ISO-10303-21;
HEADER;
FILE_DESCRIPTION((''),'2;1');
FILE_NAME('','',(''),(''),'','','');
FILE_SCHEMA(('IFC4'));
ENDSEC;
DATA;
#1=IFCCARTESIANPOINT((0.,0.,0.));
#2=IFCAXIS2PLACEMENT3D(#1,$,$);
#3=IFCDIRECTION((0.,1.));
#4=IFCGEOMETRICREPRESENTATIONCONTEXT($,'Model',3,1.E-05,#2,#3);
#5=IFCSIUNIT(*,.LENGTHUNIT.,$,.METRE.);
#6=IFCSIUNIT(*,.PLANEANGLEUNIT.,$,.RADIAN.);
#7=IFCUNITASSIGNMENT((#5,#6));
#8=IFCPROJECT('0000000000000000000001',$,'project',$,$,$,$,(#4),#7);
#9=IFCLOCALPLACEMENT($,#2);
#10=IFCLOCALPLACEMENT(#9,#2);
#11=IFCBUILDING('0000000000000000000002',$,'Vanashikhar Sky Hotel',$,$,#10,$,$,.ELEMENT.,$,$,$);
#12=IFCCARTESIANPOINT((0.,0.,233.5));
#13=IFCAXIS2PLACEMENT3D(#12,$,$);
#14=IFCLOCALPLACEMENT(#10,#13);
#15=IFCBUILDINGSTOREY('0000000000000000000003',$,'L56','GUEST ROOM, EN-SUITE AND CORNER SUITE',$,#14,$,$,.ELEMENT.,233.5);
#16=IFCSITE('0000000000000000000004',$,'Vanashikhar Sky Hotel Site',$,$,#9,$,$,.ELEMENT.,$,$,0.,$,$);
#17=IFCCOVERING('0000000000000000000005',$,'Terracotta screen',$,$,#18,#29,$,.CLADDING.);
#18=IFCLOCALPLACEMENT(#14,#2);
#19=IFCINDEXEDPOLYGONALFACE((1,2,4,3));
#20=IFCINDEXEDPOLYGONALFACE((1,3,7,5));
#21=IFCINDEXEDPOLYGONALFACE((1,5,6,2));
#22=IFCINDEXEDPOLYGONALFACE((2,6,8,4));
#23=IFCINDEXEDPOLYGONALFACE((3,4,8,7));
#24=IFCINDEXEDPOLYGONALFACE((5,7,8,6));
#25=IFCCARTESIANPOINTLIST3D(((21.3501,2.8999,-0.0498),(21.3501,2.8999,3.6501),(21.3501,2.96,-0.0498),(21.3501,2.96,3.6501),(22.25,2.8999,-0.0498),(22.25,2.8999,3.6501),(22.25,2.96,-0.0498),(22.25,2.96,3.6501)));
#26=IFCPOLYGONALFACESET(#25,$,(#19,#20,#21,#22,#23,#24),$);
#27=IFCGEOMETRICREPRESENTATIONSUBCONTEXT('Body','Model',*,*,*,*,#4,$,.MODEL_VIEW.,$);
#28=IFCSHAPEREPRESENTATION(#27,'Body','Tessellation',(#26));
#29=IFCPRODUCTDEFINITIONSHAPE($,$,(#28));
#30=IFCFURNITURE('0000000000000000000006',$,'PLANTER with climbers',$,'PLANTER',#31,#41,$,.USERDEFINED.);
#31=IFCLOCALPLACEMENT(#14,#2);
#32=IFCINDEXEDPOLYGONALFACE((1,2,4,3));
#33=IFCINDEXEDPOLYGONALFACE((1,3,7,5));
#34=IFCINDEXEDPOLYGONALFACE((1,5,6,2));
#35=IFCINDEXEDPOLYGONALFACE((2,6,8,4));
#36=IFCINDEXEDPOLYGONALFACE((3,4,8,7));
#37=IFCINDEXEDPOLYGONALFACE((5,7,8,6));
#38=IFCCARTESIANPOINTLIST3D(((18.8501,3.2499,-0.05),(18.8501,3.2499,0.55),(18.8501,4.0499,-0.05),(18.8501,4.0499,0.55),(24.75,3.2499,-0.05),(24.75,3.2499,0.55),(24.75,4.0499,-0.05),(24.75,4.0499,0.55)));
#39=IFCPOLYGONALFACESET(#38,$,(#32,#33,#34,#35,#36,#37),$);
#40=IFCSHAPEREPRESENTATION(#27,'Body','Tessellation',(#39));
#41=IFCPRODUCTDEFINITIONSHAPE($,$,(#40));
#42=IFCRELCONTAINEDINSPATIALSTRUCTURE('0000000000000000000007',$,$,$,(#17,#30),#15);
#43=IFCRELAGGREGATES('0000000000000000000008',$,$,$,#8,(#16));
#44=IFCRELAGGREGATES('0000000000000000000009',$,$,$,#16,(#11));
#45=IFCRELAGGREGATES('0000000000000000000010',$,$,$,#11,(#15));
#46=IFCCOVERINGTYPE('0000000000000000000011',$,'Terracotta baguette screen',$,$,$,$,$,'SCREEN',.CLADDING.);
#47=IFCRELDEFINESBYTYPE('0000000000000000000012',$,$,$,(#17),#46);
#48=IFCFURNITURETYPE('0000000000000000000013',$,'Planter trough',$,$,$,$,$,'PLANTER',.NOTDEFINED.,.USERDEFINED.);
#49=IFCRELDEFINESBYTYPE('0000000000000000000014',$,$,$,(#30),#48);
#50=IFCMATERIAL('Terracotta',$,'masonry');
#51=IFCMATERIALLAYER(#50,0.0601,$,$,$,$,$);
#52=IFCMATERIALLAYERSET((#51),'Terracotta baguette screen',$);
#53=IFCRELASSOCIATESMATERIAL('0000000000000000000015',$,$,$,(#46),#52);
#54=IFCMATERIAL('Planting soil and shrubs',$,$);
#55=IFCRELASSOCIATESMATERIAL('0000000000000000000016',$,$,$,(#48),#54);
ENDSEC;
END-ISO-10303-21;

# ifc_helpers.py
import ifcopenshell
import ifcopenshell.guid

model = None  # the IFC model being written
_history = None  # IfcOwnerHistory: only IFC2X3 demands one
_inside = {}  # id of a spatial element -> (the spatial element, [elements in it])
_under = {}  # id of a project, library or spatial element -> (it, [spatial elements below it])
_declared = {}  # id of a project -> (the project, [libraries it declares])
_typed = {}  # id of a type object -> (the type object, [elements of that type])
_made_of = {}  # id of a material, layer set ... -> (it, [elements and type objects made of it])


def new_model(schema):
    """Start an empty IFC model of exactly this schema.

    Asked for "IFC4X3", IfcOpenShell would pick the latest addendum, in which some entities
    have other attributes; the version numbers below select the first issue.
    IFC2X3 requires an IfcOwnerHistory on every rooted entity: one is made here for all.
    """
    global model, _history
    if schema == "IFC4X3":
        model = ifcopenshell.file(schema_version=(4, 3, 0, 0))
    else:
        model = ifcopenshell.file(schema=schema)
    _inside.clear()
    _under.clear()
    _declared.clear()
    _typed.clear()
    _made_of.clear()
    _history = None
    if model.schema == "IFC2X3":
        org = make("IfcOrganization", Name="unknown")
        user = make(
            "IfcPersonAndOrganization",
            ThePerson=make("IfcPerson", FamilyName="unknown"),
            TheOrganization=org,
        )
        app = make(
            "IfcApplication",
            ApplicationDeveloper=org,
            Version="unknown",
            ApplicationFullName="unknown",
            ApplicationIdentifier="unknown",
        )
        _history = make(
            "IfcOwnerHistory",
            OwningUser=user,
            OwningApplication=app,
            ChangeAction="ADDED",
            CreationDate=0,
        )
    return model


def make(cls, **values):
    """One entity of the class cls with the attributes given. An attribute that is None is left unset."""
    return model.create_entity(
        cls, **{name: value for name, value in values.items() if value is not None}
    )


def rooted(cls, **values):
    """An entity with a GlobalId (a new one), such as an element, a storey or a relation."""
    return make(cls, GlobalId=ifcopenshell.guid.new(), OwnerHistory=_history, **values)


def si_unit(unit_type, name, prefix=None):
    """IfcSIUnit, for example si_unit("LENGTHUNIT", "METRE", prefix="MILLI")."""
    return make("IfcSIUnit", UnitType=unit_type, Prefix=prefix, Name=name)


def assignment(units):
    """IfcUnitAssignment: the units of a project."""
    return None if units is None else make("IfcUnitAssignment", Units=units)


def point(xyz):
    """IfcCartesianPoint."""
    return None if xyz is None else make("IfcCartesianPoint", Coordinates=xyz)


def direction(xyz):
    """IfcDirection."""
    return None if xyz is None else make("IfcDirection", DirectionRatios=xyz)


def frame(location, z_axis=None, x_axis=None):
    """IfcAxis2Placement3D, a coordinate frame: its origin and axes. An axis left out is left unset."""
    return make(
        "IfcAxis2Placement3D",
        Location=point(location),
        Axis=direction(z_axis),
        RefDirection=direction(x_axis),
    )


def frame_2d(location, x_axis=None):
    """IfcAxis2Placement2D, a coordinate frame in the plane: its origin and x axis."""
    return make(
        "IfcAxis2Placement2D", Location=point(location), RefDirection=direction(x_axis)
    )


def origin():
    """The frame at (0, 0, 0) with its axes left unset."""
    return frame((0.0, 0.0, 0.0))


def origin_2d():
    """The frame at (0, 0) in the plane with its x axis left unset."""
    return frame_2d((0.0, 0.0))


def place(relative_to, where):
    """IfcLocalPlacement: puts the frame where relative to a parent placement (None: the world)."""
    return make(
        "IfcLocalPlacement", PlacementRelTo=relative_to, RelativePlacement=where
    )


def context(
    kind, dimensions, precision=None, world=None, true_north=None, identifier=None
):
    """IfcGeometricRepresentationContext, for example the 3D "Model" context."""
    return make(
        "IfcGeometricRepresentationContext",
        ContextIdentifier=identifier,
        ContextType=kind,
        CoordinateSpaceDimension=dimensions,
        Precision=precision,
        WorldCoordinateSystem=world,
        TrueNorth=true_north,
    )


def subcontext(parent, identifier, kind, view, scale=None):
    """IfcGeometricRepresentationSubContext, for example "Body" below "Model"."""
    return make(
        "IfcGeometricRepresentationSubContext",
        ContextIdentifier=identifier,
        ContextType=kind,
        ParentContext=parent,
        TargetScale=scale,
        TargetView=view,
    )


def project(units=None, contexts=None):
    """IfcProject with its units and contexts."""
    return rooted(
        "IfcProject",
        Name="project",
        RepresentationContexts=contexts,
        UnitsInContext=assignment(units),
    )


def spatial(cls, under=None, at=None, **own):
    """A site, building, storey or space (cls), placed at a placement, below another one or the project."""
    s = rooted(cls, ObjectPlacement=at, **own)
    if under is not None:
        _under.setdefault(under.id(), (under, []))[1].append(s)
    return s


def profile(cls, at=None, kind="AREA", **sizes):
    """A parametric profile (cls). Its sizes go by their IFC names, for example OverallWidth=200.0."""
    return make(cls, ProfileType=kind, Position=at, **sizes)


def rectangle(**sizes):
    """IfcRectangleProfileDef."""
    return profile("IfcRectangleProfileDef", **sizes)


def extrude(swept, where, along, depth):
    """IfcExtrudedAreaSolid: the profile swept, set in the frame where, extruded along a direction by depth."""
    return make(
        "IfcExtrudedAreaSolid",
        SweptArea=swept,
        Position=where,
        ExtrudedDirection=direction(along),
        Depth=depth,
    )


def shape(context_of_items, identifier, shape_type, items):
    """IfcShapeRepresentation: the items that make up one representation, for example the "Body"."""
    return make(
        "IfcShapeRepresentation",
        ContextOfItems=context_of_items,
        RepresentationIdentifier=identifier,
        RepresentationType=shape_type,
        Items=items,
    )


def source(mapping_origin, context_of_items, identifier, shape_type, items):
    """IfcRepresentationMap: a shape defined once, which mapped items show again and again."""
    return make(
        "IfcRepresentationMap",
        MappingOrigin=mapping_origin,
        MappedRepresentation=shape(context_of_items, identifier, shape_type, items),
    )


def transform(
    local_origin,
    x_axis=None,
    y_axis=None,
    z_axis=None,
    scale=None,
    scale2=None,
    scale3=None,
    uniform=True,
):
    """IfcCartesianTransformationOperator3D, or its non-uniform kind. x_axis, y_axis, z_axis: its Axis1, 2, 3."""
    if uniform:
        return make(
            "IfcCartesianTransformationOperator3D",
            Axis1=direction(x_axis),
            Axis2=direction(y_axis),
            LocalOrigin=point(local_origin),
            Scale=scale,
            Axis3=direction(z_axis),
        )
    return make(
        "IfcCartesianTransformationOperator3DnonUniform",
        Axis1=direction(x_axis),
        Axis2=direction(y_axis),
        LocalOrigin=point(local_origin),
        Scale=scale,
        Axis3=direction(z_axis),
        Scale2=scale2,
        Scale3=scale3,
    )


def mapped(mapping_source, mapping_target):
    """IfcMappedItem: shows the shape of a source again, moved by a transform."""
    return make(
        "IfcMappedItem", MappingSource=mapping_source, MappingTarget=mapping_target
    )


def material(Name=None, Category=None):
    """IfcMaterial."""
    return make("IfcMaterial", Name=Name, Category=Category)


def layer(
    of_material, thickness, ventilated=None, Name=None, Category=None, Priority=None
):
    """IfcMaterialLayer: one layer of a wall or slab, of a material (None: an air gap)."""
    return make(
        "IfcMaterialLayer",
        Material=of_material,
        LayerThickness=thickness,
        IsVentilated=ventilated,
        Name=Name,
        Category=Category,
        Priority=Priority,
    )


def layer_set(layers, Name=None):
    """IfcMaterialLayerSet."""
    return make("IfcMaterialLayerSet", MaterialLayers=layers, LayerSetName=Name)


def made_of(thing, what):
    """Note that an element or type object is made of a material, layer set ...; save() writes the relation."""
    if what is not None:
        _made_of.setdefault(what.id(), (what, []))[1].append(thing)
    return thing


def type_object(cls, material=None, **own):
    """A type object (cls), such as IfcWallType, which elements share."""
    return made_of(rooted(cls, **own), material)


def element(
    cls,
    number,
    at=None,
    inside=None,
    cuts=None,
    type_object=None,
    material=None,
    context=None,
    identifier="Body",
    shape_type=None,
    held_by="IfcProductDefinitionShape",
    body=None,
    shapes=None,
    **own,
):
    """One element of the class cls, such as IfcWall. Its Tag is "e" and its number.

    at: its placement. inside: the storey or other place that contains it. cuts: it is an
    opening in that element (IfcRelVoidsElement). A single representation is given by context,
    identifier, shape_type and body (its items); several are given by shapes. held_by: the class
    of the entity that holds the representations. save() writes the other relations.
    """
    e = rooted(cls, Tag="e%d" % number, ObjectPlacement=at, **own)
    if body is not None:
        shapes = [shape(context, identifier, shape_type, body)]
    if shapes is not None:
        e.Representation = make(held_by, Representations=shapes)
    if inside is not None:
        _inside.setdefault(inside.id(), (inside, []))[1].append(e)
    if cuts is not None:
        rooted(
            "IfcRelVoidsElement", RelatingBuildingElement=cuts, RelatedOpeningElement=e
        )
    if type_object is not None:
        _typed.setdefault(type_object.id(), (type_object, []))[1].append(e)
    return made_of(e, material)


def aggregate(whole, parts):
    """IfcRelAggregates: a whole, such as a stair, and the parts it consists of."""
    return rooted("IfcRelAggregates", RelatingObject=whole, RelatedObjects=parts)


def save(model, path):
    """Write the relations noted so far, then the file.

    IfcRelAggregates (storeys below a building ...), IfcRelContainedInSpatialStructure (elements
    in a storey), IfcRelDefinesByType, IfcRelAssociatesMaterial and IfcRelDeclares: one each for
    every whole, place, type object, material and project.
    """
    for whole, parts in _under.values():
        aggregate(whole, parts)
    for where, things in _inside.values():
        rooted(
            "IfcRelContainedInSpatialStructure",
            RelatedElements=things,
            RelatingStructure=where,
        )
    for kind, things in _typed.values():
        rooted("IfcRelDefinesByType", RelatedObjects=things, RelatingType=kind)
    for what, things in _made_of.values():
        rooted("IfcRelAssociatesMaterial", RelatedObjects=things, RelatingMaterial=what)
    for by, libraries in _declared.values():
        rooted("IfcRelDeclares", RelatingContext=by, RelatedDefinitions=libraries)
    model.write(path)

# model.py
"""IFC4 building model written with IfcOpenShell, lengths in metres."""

from ifc_helpers import new_model, si_unit, direction, frame, origin, origin_2d, place, context, subcontext, project, spatial, rectangle, extrude, source, transform, mapped, material, layer, layer_set, type_object, element, save


model = new_model("IFC4")

# Units and contexts
model_context = context("Model", 3, precision=1e-05, world=origin(), true_north=direction((0.0, 1.0)))
body_context = subcontext(model_context, "Body", "Model", "MODEL_VIEW")
ifc_project = project(units=[si_unit("LENGTHUNIT", "METRE"), si_unit("PLANEANGLEUNIT", "RADIAN")], contexts=[model_context])

# Site, building, storey
site_placement = place(None, origin())
site = spatial("IfcSite", under=ifc_project, at=site_placement, Name="Vanashikhar Sky Hotel Site", CompositionType="ELEMENT", RefElevation=0.0)
building_placement = place(site_placement, origin())
building = spatial("IfcBuilding", under=site, at=building_placement, Name="Vanashikhar Sky Hotel", CompositionType="ELEMENT")
storey_placement = place(building_placement, frame((0.0, 0.0, 233.5)))
storey = spatial("IfcBuildingStorey", under=building, at=storey_placement, Name="L56", Description="GUEST ROOM, EN-SUITE AND CORNER SUITE", CompositionType="ELEMENT", Elevation=233.5)

# Covering
ifc_material_1 = material(Name="Terracotta", Category="masonry")
ifc_layer_1 = layer(ifc_material_1, 0.0601)
ifc_layer_set_1 = layer_set([ifc_layer_1], Name="Terracotta baguette screen")
covering_type = type_object("IfcCoveringType", Name="Terracotta baguette screen", ElementType="SCREEN", PredefinedType="CLADDING", material=ifc_layer_set_1)
shared_shape_1 = source(origin(), body_context, "Body", "SweptSolid", [
    extrude(rectangle(XDim=0.8999, YDim=0.0601, at=origin_2d()), origin(), (0.0, 0.0, 1.0), 3.7),
])
for number, where, z_axis, x_axis, name in (
    (1, (21.8, 2.9299, -0.0498), (0.0, 0.0, 1.0), (1.0, 0.0, 0.0), "Terracotta screen"),
):
    element("IfcCovering", number, at=place(storey_placement, frame(where, z_axis=z_axis, x_axis=x_axis)), inside=storey, type_object=covering_type, Name=name, PredefinedType="CLADDING", context=body_context, shape_type="MappedRepresentation", body=[
        mapped(shared_shape_1, transform((0.0, 0.0, 0.0), scale=1.0)),
    ])

# Furniture
ifc_material_2 = material(Name="Planting soil and shrubs")
furniture_type = type_object("IfcFurnitureType", Name="Planter trough", ElementType="PLANTER", AssemblyPlace="NOTDEFINED", PredefinedType="USERDEFINED", material=ifc_material_2)
shared_shape_2 = source(origin(), body_context, "Body", "SweptSolid", [
    extrude(rectangle(XDim=5.8999, YDim=0.8, at=origin_2d()), origin(), (0.0, 0.0, 1.0), 0.6001),
])
furniture_placement = place(storey_placement, frame((21.8, 3.6499, -0.05), z_axis=(0.0, 0.0, 1.0), x_axis=(1.0, 0.0, 0.0)))
element("IfcFurniture", 2, at=furniture_placement, inside=storey, type_object=furniture_type, Name="PLANTER with climbers", ObjectType="PLANTER", PredefinedType="USERDEFINED", context=body_context, shape_type="MappedRepresentation", body=[
    mapped(shared_shape_2, transform((0.0, 0.0, 0.0), scale=1.0)),
])

save(model, "model.ifc")
